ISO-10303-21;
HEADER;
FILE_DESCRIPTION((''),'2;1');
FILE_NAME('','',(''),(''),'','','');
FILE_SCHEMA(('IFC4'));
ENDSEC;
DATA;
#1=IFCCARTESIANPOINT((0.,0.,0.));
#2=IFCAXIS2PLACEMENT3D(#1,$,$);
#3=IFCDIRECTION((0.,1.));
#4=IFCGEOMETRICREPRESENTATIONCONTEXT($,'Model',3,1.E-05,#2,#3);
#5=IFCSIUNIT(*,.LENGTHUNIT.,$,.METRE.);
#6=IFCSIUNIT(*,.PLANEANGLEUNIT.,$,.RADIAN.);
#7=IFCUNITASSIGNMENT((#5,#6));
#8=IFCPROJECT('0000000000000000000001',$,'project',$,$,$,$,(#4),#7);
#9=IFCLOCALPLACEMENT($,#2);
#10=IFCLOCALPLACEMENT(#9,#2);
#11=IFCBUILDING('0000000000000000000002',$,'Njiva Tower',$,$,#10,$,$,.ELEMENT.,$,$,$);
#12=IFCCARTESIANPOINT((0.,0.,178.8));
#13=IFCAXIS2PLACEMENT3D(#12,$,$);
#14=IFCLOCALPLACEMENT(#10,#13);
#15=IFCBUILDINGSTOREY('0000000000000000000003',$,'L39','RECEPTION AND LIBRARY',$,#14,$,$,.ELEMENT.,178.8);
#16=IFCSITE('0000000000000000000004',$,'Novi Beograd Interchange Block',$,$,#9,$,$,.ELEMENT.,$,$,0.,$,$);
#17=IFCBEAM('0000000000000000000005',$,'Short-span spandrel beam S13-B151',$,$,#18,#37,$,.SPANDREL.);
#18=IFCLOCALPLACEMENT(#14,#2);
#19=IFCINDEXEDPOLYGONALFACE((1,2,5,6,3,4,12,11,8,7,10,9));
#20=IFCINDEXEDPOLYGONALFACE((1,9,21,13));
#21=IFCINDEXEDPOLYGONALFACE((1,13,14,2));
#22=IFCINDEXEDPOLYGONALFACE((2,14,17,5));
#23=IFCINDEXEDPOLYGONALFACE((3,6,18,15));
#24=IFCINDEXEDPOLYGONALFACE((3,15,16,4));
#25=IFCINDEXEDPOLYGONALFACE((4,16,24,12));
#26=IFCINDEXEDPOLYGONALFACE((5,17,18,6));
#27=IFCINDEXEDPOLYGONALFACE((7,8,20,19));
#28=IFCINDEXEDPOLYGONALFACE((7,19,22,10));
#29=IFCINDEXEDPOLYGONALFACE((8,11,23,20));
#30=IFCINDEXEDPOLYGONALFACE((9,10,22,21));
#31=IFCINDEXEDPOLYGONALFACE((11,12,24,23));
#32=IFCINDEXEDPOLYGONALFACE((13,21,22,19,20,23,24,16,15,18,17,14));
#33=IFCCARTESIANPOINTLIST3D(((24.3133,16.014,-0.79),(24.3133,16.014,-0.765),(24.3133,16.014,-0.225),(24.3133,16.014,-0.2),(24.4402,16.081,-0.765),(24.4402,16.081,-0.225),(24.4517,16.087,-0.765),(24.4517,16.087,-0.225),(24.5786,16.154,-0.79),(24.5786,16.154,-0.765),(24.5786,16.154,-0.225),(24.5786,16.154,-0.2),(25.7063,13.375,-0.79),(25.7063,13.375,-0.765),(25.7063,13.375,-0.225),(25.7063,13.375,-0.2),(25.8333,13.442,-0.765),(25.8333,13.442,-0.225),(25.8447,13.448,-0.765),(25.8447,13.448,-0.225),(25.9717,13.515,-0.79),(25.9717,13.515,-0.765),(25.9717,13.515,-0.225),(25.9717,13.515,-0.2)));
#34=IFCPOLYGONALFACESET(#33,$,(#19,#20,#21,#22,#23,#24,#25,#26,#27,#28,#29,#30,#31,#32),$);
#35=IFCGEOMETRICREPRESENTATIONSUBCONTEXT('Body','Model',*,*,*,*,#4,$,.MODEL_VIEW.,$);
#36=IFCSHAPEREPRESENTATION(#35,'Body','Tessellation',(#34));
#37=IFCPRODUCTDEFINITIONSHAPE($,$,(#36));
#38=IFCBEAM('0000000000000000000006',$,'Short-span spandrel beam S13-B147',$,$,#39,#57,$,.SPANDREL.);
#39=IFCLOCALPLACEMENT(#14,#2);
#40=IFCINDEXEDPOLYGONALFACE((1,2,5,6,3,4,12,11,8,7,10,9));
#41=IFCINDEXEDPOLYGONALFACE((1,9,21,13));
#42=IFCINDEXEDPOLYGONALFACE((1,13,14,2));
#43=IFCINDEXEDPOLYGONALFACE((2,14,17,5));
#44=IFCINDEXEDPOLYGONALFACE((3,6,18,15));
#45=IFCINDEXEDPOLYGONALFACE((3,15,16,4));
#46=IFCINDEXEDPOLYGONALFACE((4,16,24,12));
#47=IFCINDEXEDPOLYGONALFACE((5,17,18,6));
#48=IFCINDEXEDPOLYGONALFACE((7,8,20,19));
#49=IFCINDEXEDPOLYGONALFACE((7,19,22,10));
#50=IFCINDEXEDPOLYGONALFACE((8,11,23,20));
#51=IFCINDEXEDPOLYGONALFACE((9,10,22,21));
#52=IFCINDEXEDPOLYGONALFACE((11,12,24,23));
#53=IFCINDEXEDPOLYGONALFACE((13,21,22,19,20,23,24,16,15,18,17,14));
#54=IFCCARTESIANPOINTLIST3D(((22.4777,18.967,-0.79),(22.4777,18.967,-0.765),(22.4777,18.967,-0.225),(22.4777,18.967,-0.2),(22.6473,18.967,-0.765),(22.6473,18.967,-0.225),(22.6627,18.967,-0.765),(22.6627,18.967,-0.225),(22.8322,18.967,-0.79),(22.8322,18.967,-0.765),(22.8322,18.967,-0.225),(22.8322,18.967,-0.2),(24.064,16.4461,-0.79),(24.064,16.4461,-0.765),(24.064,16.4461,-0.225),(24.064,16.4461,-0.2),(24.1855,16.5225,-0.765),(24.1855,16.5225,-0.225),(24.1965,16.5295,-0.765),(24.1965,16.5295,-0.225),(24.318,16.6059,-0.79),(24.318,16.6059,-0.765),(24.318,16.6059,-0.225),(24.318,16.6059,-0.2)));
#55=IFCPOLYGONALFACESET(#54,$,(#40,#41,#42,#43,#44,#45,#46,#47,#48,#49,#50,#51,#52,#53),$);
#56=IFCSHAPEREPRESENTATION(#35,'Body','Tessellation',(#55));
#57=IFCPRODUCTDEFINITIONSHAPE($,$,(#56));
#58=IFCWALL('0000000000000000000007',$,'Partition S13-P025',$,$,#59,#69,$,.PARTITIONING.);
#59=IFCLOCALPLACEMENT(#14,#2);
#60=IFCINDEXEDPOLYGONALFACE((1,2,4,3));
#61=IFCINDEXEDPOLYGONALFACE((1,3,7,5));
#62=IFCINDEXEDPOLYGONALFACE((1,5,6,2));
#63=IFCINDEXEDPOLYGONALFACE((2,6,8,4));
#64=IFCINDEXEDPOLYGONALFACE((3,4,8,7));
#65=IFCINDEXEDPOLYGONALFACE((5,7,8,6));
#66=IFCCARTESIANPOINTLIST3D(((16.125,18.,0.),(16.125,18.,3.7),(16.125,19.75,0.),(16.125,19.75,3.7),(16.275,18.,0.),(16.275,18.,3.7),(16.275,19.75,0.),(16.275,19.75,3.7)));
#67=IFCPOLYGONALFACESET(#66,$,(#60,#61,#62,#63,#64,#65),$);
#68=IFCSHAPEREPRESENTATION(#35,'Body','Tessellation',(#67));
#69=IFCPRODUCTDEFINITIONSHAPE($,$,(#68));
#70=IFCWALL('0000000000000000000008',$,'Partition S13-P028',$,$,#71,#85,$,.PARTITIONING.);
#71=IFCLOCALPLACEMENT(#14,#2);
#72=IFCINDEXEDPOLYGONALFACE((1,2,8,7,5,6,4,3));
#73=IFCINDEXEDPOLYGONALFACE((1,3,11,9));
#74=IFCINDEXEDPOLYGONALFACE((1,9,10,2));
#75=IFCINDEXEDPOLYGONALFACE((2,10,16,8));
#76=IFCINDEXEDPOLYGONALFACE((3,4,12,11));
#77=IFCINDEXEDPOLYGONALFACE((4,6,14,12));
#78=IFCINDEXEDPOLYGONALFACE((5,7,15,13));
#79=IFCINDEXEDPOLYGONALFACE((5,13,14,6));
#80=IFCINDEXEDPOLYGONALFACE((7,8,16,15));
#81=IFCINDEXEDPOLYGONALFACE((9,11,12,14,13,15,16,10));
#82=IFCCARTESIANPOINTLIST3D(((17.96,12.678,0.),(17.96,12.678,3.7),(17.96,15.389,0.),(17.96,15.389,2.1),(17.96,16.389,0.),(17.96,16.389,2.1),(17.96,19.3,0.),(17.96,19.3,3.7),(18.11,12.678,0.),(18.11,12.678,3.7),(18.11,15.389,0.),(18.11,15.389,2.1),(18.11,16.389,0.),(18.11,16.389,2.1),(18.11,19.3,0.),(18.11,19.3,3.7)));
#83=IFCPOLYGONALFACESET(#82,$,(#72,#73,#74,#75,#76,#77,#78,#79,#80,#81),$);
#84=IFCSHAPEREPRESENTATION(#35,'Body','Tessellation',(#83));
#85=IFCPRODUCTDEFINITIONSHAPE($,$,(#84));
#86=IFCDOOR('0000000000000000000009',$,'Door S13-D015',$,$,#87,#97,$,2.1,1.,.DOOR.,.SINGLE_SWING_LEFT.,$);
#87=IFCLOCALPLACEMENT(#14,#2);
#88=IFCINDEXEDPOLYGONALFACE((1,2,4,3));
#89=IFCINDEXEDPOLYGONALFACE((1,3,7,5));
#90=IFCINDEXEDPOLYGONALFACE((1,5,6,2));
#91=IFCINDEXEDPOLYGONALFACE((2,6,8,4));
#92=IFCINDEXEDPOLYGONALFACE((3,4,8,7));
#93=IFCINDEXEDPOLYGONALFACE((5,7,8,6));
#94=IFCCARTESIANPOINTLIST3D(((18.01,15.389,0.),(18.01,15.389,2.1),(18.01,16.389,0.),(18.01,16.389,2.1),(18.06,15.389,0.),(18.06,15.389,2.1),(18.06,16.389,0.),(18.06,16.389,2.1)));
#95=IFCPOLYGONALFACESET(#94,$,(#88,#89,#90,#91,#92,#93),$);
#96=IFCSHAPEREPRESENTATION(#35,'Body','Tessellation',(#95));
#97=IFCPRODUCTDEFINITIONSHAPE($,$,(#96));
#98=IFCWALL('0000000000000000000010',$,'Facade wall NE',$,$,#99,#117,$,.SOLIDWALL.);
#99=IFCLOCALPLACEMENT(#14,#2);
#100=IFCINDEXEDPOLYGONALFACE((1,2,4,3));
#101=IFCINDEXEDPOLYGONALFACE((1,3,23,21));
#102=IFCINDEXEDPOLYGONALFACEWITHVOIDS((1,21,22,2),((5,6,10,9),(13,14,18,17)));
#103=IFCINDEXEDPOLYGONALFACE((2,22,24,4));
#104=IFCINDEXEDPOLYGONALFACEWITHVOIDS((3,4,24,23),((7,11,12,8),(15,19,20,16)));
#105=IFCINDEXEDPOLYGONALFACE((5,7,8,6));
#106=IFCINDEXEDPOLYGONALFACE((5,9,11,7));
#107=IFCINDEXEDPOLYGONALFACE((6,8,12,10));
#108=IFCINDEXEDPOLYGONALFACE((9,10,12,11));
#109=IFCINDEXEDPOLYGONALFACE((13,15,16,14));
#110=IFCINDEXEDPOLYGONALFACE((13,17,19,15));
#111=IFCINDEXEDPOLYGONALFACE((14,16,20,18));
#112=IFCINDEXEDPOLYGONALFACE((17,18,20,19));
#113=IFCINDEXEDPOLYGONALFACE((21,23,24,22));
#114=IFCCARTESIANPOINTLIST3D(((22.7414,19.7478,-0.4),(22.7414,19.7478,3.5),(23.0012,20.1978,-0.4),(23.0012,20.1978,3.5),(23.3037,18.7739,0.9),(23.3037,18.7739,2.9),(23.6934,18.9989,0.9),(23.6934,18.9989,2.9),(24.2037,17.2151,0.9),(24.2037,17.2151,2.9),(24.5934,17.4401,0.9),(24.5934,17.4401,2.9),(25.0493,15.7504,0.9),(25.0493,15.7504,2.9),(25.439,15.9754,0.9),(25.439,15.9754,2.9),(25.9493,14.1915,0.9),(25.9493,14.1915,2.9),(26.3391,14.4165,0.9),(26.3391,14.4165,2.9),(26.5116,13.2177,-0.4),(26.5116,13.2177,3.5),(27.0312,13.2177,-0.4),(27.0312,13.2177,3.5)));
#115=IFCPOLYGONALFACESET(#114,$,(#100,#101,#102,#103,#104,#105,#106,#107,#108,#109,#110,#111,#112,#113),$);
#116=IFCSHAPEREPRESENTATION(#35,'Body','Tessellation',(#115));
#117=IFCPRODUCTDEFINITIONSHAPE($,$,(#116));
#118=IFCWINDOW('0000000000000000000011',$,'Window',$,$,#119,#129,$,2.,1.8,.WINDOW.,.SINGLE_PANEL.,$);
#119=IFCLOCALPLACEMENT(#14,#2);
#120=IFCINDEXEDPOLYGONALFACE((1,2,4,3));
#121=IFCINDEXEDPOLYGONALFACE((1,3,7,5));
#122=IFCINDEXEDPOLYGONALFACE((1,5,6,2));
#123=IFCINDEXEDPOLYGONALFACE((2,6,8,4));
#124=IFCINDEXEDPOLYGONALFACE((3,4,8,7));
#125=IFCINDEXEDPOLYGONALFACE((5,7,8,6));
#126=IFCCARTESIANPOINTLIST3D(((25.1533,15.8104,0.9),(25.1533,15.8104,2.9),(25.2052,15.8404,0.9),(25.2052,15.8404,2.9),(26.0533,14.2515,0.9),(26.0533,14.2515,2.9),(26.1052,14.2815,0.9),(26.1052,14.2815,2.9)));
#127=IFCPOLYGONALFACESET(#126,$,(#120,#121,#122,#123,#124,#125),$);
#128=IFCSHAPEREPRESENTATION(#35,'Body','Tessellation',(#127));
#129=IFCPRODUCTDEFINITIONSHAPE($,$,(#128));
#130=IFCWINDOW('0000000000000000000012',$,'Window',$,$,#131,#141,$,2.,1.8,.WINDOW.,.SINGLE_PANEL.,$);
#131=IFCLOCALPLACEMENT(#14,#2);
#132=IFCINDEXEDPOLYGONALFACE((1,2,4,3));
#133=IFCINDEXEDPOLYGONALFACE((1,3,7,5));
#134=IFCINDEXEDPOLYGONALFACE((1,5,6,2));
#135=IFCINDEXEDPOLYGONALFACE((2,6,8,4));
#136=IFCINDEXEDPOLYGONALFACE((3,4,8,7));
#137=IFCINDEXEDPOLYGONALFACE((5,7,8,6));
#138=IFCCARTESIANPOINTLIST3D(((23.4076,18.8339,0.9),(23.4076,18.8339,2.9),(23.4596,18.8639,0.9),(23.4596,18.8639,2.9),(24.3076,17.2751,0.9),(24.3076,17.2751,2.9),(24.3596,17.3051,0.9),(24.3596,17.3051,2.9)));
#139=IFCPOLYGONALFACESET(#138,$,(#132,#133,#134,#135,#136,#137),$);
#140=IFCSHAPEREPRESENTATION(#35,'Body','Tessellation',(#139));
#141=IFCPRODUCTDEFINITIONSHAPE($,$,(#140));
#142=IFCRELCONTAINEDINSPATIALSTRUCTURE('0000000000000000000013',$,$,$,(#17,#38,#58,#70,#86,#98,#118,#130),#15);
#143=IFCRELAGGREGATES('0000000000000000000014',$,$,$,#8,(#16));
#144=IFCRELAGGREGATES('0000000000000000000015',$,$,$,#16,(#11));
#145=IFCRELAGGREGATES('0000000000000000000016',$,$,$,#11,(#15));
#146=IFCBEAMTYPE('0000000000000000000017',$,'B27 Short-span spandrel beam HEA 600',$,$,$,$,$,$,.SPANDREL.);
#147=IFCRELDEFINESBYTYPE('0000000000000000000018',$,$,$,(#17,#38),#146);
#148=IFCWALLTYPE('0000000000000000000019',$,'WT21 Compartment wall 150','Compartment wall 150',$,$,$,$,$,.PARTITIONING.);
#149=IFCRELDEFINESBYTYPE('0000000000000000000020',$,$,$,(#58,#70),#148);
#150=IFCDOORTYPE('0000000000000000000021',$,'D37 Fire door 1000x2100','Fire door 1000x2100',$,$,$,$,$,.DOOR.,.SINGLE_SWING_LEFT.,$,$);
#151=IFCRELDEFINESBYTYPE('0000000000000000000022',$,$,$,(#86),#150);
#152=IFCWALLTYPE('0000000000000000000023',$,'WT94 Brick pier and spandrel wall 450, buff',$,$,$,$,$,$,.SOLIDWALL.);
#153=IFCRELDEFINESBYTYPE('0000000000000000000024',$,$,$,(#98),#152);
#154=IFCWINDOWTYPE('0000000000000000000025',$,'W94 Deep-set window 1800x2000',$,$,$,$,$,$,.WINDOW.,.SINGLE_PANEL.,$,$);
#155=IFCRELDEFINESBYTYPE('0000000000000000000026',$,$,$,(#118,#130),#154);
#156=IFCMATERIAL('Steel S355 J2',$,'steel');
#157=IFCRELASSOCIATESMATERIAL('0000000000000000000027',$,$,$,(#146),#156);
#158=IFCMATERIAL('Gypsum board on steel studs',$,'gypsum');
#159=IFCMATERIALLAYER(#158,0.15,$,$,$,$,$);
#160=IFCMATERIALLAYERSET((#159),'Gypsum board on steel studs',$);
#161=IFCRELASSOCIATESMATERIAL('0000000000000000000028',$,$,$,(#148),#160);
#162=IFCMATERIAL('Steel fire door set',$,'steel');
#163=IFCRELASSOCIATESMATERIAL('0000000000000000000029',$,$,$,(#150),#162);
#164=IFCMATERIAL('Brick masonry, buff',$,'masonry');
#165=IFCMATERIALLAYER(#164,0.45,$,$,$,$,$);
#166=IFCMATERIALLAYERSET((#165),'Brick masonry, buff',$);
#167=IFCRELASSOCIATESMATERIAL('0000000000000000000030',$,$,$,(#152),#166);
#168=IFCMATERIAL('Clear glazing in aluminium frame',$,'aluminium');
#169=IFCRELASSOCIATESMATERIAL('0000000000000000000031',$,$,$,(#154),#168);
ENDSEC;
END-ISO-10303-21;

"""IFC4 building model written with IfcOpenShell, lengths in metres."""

from ifc_helpers import new_model, si_unit, direction, frame, frame_2d, origin, origin_2d, place, context, subcontext, project, spatial, polyline, rectangle, i_section, outline, extrude, clip, halfspace, material, layer, layer_set, material_profile, profile_set, type_object, element, fill, save


model = new_model("IFC4")

# Units and contexts
model_context = context("Model", 3, precision=1e-05, world=origin(), true_north=direction((0.0, 1.0)))
body_context = subcontext(model_context, "Body", "Model", "MODEL_VIEW")
ifc_project = project(units=[si_unit("LENGTHUNIT", "METRE"), si_unit("PLANEANGLEUNIT", "RADIAN")], contexts=[model_context])

# Site, building, storey
site_placement = place(None, origin())
site = spatial("IfcSite", under=ifc_project, at=site_placement, Name="Novi Beograd Interchange Block", CompositionType="ELEMENT", RefElevation=0.0)
building_placement = place(site_placement, origin())
building = spatial("IfcBuilding", under=site, at=building_placement, Name="Njiva Tower", CompositionType="ELEMENT")
storey_placement = place(building_placement, frame((0.0, 0.0, 178.8)))
storey = spatial("IfcBuildingStorey", under=building, at=storey_placement, Name="L39", Description="RECEPTION AND LIBRARY", CompositionType="ELEMENT", Elevation=178.8)

# Shared definitions
ifc_material_1 = material(Name="Steel S355 J2", Category="steel")

# Beams
ifc_material_profile_1 = material_profile(ifc_material_1, i_section(OverallWidth=0.3, OverallDepth=0.59, WebThickness=0.013, FlangeThickness=0.025, at=origin_2d()), Name="HEA 600")
ifc_profile_set_1 = profile_set([ifc_material_profile_1], Name="Steel S355 J2")
beam_type_1 = type_object("IfcBeamType", Name="B27 Short-span spandrel beam HEA 600", PredefinedType="SPANDREL", material=ifc_profile_set_1)
beam_1_placement = place(storey_placement, frame((25.839, 13.445, -0.495), z_axis=(-0.46681, 0.884358, 0.0), x_axis=(-0.884358, -0.46681, 0.0)))
element("IfcBeam", 1, at=beam_1_placement, inside=storey, type_object=beam_type_1, Name="Short-span spandrel beam S13-B151", PredefinedType="SPANDREL", context=body_context, shape_type="SweptSolid", body=[
    extrude(i_section(OverallWidth=0.3, OverallDepth=0.59, WebThickness=0.013, FlangeThickness=0.025, at=origin_2d()), origin(), (0.0, 0.0, 1.0), 2.9841),
])
beam_2_placement = place(storey_placement, frame((24.191, 16.526, -0.495), z_axis=(-0.532583, 0.846378, 0.0), x_axis=(-0.846378, -0.532583, 0.0)))
element("IfcBeam", 2, at=beam_2_placement, inside=storey, type_object=beam_type_1, Name="Short-span spandrel beam S13-B147", PredefinedType="SPANDREL", context=body_context, shape_type="Clipping", body=[
    clip(extrude(i_section(OverallWidth=0.3, OverallDepth=0.59, WebThickness=0.013, FlangeThickness=0.025, at=origin_2d()), origin(), (0.0, 0.0, 1.0), 2.9981), halfspace(frame((-0.0267, 0.0, 2.8673), z_axis=(-0.532583, 0.0, 0.846378), x_axis=(0.0, 1.0, 0.0)), False)),
])

# Wall
ifc_material_2 = material(Name="Gypsum board on steel studs", Category="gypsum")
ifc_layer_1 = layer(ifc_material_2, 0.15)
ifc_layer_set_1 = layer_set([ifc_layer_1], Name="Gypsum board on steel studs")
wall_type_1 = type_object("IfcWallType", Name="WT21 Compartment wall 150", Description="Compartment wall 150", PredefinedType="PARTITIONING", material=ifc_layer_set_1)
wall_1_placement = place(storey_placement, frame((16.2, 18.0, 0.0), z_axis=(0.0, 0.0, 1.0), x_axis=(0.0, 1.0, 0.0)))
element("IfcWall", 3, at=wall_1_placement, inside=storey, type_object=wall_type_1, Name="Partition S13-P025", PredefinedType="PARTITIONING", context=body_context, shape_type="SweptSolid", body=[
    extrude(rectangle(XDim=1.75, YDim=0.15, at=frame_2d((0.875, 0.0))), origin(), (0.0, 0.0, 1.0), 3.7),
])

# Wall, opening, door
wall_2_placement = place(storey_placement, frame((18.035, 12.678, 0.0), z_axis=(0.0, 0.0, 1.0), x_axis=(0.0, 1.0, 0.0)))
wall_2 = element("IfcWall", 4, at=wall_2_placement, inside=storey, type_object=wall_type_1, Name="Partition S13-P028", PredefinedType="PARTITIONING", context=body_context, shape_type="SweptSolid", body=[
    extrude(rectangle(XDim=6.622, YDim=0.15, at=frame_2d((3.311, 0.0))), origin(), (0.0, 0.0, 1.0), 3.7),
])
opening_1_placement = place(wall_2_placement, frame((2.711, 0.0, 0.0)))
opening_1 = element("IfcOpeningElement", 5, at=opening_1_placement, cuts=wall_2, PredefinedType="OPENING", context=body_context, shape_type="SweptSolid", body=[
    extrude(rectangle(XDim=1.0, YDim=2.1, at=frame_2d((0.5, 1.05))), frame((0.0, 0.085, 0.0), z_axis=(0.0, -1.0, 0.0), x_axis=(1.0, 0.0, 0.0)), (0.0, 0.0, 1.0), 0.17),
])
ifc_material_3 = material(Name="Steel fire door set", Category="steel")
door_type = type_object("IfcDoorType", Name="D37 Fire door 1000x2100", Description="Fire door 1000x2100", OperationType="SINGLE_SWING_LEFT", PredefinedType="DOOR", material=ifc_material_3)
door_placement = place(opening_1_placement, origin())
door = element("IfcDoor", 6, at=door_placement, inside=storey, type_object=door_type, Name="Door S13-D015", OperationType="SINGLE_SWING_LEFT", OverallHeight=2.1, OverallWidth=1.0, PredefinedType="DOOR", context=body_context, shape_type="SweptSolid", body=[
    extrude(rectangle(XDim=1.0, YDim=2.1, at=frame_2d((0.5, 1.05))), frame((0.0, 0.025, 0.0), z_axis=(0.0, -1.0, 0.0), x_axis=(1.0, 0.0, 0.0)), (0.0, 0.0, 1.0), 0.05),
])
fill(opening_1, door)

# Wall, openings, windows
ifc_material_4 = material(Name="Clear glazing in aluminium frame", Category="aluminium")
ifc_material_5 = material(Name="Brick masonry, buff", Category="masonry")
ifc_layer_2 = layer(ifc_material_5, 0.45)
ifc_layer_set_2 = layer_set([ifc_layer_2], Name="Brick masonry, buff")
wall_type_2 = type_object("IfcWallType", Name="WT94 Brick pier and spandrel wall 450, buff", PredefinedType="SOLIDWALL", material=ifc_layer_set_2)
wall_3_placement = place(storey_placement, frame((26.7714, 13.2177, -0.4), z_axis=(0.0, 0.0, 1.0), x_axis=(-0.500004, 0.866023, 0.0)))
wall_3 = element("IfcWall", 7, at=wall_3_placement, inside=storey, type_object=wall_type_2, Name="Facade wall NE", PredefinedType="SOLIDWALL", context=body_context, shape_type="SweptSolid", body=[
    extrude(outline(polyline([(-0.1299, -0.225), (7.93, -0.225), (7.6702, 0.225), (0.1299, 0.225), (-0.1299, -0.225)])), origin(), (0.0, 0.0, 1.0), 3.9),
])
opening_2_placement = place(wall_3_placement, frame((1.2544, 0.0, 1.3)))
opening_2 = element("IfcOpeningElement", 8, at=opening_2_placement, cuts=wall_3, PredefinedType="OPENING", context=body_context, shape_type="SweptSolid", body=[
    extrude(rectangle(XDim=1.8, YDim=2.0, at=frame_2d((0.9, 1.0))), frame((0.0, 0.235, 0.0), z_axis=(0.0, -1.0, 0.0), x_axis=(1.0, 0.0, 0.0)), (0.0, 0.0, 1.0), 0.47),
])
opening_3_placement = place(wall_3_placement, frame((4.7457, 0.0, 1.3)))
opening_3 = element("IfcOpeningElement", 9, at=opening_3_placement, cuts=wall_3, PredefinedType="OPENING", context=body_context, shape_type="SweptSolid", body=[
    extrude(rectangle(XDim=1.8, YDim=2.0, at=frame_2d((0.9, 1.0))), frame((0.0, 0.235, 0.0), z_axis=(0.0, -1.0, 0.0), x_axis=(1.0, 0.0, 0.0)), (0.0, 0.0, 1.0), 0.47),
])
window_type_1 = type_object("IfcWindowType", Name="W94 Deep-set window 1800x2000", PartitioningType="SINGLE_PANEL", PredefinedType="WINDOW", material=ifc_material_4)
window_1_placement = place(opening_2_placement, origin())
window_1 = element("IfcWindow", 10, at=window_1_placement, inside=storey, type_object=window_type_1, Name="Window", OverallHeight=2.0, OverallWidth=1.8, PartitioningType="SINGLE_PANEL", PredefinedType="WINDOW", context=body_context, shape_type="SweptSolid", body=[
    extrude(rectangle(XDim=1.8, YDim=2.0, at=frame_2d((0.9, 1.0))), frame((0.0, 0.105, 0.0), z_axis=(0.0, -1.0, 0.0), x_axis=(1.0, 0.0, 0.0)), (0.0, 0.0, 1.0), 0.06),
])
fill(opening_2, window_1)
window_2_placement = place(opening_3_placement, origin())
window_2 = element("IfcWindow", 11, at=window_2_placement, inside=storey, type_object=window_type_1, Name="Window", OverallHeight=2.0, OverallWidth=1.8, PartitioningType="SINGLE_PANEL", PredefinedType="WINDOW", context=body_context, shape_type="SweptSolid", body=[
    extrude(rectangle(XDim=1.8, YDim=2.0, at=frame_2d((0.9, 1.0))), frame((0.0, 0.105, 0.0), z_axis=(0.0, -1.0, 0.0), x_axis=(1.0, 0.0, 0.0)), (0.0, 0.0, 1.0), 0.06),
])
fill(opening_3, window_2)

save(model, "model.ifc")
